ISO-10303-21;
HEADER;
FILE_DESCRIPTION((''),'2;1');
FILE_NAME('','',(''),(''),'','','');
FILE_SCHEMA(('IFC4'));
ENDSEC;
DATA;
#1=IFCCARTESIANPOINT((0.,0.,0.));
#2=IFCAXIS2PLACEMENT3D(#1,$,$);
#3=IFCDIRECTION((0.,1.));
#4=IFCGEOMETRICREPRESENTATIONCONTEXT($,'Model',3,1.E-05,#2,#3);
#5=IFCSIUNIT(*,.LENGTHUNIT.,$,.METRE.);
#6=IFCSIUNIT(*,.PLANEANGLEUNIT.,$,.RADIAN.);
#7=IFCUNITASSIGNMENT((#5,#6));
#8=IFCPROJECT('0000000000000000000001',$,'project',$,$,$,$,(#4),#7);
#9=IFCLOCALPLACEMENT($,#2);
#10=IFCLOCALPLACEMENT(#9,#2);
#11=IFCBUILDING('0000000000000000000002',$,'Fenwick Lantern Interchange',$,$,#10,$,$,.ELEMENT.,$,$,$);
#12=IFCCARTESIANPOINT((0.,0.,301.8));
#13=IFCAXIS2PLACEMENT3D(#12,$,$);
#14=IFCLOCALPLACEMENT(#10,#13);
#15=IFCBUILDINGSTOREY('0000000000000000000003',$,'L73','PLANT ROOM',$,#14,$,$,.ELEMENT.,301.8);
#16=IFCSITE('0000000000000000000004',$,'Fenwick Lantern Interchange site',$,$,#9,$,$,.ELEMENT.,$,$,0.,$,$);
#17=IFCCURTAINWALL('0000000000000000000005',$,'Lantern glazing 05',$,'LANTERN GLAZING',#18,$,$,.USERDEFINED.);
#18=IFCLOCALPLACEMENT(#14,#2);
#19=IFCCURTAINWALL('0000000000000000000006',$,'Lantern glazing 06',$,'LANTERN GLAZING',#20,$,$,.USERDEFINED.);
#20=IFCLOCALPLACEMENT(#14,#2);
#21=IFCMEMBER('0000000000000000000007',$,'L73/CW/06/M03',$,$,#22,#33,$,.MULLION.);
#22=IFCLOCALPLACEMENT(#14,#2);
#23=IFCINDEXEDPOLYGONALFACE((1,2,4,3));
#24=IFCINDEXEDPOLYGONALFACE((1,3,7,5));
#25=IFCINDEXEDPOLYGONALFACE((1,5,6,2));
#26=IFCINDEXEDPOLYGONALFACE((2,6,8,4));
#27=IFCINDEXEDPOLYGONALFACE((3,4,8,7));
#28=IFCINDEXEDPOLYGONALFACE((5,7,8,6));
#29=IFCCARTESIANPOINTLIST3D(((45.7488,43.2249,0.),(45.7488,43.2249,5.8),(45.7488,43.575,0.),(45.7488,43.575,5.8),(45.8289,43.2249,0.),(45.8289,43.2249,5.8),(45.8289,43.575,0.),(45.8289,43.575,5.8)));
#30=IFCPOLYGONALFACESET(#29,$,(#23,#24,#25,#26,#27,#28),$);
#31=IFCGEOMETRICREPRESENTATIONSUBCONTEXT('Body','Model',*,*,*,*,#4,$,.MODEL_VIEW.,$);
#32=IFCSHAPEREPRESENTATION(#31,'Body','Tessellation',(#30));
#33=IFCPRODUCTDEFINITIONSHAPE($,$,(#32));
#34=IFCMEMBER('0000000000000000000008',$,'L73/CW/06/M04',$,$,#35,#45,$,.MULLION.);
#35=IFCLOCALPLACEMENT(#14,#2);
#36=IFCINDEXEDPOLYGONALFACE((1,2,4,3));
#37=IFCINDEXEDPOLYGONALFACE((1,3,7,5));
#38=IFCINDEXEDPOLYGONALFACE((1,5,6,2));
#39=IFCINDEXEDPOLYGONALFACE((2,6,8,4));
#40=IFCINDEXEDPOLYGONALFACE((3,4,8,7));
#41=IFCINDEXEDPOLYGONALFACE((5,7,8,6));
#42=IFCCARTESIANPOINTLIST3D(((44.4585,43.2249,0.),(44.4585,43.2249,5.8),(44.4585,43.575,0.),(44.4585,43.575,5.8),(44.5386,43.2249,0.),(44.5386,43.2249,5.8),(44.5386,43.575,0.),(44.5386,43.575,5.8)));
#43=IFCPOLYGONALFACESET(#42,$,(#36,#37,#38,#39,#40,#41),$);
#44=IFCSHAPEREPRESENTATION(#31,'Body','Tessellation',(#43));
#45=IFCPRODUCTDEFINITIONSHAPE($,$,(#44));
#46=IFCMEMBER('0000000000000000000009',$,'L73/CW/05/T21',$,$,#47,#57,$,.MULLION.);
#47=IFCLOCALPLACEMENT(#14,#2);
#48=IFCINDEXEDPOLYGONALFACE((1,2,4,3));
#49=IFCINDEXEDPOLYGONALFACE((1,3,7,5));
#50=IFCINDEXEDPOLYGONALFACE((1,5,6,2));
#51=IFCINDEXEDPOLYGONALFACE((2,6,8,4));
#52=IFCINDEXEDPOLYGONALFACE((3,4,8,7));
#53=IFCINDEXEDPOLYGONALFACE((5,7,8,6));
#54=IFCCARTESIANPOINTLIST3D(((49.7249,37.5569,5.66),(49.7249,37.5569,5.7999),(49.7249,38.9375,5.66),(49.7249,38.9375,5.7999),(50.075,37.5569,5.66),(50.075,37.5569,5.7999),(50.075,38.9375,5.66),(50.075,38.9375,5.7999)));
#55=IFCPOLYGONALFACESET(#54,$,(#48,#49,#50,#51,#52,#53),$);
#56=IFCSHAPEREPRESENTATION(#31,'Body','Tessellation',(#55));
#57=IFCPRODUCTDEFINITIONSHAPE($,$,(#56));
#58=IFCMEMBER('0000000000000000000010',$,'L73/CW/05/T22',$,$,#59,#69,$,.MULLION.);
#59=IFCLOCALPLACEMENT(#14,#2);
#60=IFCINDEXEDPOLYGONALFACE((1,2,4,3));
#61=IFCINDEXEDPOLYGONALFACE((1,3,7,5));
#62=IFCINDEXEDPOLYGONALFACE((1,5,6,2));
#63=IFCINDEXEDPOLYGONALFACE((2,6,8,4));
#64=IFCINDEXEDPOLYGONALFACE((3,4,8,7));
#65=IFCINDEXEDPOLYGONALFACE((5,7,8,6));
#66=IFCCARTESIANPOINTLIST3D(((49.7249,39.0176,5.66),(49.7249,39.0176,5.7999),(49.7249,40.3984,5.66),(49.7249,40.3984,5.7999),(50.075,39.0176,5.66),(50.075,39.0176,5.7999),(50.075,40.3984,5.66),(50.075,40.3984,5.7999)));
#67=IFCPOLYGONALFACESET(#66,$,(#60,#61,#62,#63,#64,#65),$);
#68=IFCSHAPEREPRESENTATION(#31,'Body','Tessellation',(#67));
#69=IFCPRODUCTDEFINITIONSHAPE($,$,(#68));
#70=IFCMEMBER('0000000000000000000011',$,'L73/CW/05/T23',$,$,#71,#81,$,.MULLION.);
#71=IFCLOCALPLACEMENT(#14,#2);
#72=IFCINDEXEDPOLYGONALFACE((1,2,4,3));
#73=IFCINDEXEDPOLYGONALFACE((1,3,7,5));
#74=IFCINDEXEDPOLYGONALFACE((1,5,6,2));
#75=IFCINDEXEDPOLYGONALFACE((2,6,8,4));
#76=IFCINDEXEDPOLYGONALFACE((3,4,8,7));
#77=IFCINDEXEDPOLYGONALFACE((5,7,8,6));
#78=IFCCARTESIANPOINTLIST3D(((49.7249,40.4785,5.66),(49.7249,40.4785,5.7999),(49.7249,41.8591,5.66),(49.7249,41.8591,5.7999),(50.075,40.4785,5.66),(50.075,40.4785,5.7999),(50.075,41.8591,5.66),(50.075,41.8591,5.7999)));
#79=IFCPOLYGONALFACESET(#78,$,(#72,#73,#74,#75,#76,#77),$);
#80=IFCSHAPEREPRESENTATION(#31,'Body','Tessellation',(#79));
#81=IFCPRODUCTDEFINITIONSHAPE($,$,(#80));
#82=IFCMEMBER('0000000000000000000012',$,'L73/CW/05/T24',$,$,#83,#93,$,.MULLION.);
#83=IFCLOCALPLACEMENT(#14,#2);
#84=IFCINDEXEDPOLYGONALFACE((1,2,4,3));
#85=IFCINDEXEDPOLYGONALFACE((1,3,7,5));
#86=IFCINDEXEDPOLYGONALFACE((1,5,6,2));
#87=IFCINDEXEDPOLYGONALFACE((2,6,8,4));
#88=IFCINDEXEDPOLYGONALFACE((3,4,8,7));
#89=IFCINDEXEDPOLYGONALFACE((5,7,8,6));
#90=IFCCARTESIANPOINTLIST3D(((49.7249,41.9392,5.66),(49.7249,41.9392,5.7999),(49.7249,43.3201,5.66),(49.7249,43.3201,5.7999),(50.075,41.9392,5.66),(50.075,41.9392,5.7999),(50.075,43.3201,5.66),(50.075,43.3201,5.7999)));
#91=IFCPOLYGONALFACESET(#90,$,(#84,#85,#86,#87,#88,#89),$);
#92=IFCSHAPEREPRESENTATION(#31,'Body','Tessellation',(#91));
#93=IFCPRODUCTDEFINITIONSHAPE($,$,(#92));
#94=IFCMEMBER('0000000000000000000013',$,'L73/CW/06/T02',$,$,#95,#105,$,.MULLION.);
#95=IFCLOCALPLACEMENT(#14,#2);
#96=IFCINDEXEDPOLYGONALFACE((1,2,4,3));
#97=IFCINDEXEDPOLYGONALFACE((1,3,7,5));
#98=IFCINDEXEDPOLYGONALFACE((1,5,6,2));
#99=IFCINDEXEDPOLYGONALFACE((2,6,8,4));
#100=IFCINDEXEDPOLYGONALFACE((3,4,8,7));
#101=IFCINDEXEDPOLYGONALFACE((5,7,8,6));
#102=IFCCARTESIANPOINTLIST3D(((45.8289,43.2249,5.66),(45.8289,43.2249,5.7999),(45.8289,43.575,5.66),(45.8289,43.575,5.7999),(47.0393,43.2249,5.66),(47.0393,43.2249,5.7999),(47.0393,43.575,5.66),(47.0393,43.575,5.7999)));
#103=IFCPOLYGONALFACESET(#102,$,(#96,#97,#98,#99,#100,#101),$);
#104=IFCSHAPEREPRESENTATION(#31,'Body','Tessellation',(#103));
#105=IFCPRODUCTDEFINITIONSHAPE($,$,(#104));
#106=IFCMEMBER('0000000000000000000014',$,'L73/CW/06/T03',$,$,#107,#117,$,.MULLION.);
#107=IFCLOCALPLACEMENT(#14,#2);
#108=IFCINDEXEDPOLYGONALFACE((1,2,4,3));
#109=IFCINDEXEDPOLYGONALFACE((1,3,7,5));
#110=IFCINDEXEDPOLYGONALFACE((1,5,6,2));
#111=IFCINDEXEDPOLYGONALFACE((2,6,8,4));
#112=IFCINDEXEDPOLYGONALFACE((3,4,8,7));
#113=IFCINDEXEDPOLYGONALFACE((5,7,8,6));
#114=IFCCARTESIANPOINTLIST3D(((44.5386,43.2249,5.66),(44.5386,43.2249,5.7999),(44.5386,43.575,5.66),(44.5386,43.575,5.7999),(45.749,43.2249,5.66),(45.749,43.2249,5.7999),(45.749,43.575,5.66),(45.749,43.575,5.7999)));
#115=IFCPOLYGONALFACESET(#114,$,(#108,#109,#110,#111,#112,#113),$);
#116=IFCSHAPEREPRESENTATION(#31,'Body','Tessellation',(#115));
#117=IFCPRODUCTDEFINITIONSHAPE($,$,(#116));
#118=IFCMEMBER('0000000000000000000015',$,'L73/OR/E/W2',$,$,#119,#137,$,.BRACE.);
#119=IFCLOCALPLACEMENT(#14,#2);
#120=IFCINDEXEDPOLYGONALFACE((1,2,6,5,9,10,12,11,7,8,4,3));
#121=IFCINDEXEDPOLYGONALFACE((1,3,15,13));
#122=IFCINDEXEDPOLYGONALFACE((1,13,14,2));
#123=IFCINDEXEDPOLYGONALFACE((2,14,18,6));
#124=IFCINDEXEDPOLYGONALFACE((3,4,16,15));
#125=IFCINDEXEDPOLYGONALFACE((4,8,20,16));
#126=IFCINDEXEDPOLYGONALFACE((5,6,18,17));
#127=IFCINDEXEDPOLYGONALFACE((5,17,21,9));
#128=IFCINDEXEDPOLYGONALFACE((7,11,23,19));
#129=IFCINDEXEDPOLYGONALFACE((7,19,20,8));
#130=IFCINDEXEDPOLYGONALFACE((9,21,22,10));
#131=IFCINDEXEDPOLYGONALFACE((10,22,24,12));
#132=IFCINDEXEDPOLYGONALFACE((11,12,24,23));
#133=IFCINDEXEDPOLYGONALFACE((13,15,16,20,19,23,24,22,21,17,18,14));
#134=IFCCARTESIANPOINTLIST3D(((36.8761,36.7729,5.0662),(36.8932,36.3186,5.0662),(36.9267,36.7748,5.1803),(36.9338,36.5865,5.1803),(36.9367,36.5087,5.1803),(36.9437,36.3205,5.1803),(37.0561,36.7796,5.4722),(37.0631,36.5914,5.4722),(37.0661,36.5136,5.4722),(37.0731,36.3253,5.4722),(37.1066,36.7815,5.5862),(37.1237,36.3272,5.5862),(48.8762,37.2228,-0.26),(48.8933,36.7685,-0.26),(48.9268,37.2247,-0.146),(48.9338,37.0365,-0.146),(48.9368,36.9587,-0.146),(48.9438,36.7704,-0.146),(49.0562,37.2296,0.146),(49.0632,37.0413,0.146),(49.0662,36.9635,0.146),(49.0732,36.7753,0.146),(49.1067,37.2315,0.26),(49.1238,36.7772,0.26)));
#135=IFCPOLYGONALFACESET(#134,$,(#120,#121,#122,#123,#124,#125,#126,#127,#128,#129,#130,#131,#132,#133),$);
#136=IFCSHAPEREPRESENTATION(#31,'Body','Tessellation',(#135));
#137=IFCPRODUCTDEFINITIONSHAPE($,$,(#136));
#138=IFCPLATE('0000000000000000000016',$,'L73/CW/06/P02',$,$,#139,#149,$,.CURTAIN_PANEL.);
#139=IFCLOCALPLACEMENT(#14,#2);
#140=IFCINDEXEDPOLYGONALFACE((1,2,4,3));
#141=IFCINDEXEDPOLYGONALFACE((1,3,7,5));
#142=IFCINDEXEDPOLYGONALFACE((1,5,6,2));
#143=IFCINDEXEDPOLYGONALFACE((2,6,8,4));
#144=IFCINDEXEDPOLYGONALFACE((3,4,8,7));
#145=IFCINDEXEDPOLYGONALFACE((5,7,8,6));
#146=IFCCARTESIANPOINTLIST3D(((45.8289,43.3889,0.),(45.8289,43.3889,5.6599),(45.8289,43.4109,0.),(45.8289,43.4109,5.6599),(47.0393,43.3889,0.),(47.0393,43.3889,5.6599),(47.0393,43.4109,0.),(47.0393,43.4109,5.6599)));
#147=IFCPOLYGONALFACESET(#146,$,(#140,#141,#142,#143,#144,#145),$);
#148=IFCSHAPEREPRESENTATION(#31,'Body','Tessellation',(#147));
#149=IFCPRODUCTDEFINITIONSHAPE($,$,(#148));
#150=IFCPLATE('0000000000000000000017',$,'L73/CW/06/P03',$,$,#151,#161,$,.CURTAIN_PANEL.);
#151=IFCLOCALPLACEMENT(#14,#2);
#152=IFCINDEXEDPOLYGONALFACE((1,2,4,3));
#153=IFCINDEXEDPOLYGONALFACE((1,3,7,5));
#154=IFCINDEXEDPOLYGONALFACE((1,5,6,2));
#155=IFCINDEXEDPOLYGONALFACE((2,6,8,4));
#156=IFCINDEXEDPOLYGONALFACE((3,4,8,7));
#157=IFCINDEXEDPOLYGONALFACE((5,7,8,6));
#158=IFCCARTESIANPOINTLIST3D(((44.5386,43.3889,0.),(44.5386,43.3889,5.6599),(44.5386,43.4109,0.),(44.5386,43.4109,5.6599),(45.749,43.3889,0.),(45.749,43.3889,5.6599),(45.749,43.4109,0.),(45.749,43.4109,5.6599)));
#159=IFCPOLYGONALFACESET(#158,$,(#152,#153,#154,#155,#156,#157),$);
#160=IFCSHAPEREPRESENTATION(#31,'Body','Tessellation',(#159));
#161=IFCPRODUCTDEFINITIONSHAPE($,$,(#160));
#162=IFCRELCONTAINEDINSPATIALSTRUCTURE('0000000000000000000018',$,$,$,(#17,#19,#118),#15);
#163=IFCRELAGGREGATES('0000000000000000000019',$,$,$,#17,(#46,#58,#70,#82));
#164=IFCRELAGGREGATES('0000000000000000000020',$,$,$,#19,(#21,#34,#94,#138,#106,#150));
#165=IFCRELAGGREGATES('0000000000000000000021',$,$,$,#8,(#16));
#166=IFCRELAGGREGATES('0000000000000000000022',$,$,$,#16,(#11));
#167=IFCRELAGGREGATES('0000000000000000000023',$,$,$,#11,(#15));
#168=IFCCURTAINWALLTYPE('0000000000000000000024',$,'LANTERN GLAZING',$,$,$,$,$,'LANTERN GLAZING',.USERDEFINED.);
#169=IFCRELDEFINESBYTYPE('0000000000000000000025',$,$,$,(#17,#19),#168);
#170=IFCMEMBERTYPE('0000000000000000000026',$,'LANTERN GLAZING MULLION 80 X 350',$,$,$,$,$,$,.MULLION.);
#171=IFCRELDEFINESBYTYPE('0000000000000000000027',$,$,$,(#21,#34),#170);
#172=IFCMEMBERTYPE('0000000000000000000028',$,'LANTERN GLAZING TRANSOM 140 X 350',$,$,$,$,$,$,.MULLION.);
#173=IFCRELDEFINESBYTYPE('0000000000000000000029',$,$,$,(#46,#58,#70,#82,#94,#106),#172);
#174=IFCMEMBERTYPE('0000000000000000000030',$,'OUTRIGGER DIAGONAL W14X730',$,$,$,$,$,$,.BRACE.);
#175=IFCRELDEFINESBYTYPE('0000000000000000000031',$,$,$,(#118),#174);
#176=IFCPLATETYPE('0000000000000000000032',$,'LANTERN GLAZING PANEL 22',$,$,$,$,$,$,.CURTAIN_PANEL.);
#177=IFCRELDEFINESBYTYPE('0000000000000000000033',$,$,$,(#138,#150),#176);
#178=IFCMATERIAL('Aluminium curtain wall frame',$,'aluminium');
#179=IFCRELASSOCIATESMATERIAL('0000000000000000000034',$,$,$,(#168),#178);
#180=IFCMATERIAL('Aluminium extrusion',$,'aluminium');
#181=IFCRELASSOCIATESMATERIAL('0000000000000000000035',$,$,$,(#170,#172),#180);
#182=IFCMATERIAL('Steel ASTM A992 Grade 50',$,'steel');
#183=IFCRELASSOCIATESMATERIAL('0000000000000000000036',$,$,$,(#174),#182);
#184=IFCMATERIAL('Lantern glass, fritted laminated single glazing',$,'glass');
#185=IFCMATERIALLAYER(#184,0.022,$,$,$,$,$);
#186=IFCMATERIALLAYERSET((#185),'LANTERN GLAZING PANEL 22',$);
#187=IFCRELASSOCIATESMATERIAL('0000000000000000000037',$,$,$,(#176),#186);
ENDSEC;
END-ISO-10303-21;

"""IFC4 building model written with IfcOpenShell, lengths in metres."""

from ifc_helpers import new_model, si_unit, direction, frame, origin, origin_2d, place, context, subcontext, project, spatial, rectangle, i_section, extrude, material, layer, layer_set, material_profile, profile_set, type_object, element, aggregate, save


model = new_model("IFC4")

# Units and contexts
model_context = context("Model", 3, precision=1e-05, world=origin(), true_north=direction((0.0, 1.0)))
body_context = subcontext(model_context, "Body", "Model", "MODEL_VIEW")
ifc_project = project(units=[si_unit("LENGTHUNIT", "METRE"), si_unit("PLANEANGLEUNIT", "RADIAN")], contexts=[model_context])

# Site, building, storey
site_placement = place(None, origin())
site = spatial("IfcSite", under=ifc_project, at=site_placement, Name="Fenwick Lantern Interchange site", CompositionType="ELEMENT", RefElevation=0.0)
building_placement = place(site_placement, origin())
building = spatial("IfcBuilding", under=site, at=building_placement, Name="Fenwick Lantern Interchange", CompositionType="ELEMENT")
storey_placement = place(building_placement, frame((0.0, 0.0, 301.8)))
storey = spatial("IfcBuildingStorey", under=building, at=storey_placement, Name="L73", Description="PLANT ROOM", CompositionType="ELEMENT", Elevation=301.8)

# Shared definitions
ifc_material_1 = material(Name="Steel ASTM A992 Grade 50", Category="steel")

# Curtain walls, members
ifc_material_2 = material(Name="Aluminium curtain wall frame", Category="aluminium")
curtain_wall_type = type_object("IfcCurtainWallType", Name="LANTERN GLAZING", ElementType="LANTERN GLAZING", PredefinedType="USERDEFINED", material=ifc_material_2)
curtain_wall_1_placement = place(storey_placement, origin())
curtain_wall_1 = element("IfcCurtainWall", 1, at=curtain_wall_1_placement, inside=storey, type_object=curtain_wall_type, Name="Lantern glazing 05", ObjectType="LANTERN GLAZING", PredefinedType="USERDEFINED")
ifc_material_3 = material(Name="Aluminium extrusion", Category="aluminium")
ifc_material_profile_1 = material_profile(ifc_material_3, rectangle(XDim=0.3501, YDim=0.0801, at=origin_2d()), Name="LANTERN GLAZING MULLION 80 X 350")
ifc_profile_set_1 = profile_set([ifc_material_profile_1], Name="Aluminium extrusion")
member_type_1 = type_object("IfcMemberType", Name="LANTERN GLAZING MULLION 80 X 350", PredefinedType="MULLION", material=ifc_profile_set_1)
curtain_wall_2_placement = place(storey_placement, origin())
curtain_wall_2 = element("IfcCurtainWall", 2, at=curtain_wall_2_placement, inside=storey, type_object=curtain_wall_type, Name="Lantern glazing 06", ObjectType="LANTERN GLAZING", PredefinedType="USERDEFINED")
member_1_placement = place(storey_placement, frame((45.7888, 43.3999, 0.0), z_axis=(0.0, 0.0, 1.0), x_axis=(0.0, -1.0, 0.0)))
member_1 = element("IfcMember", 3, at=member_1_placement, type_object=member_type_1, Name="L73/CW/06/M03", PredefinedType="MULLION", context=body_context, shape_type="SweptSolid", body=[
    extrude(rectangle(XDim=0.3501, YDim=0.0801, at=origin_2d()), origin(), (0.0, 0.0, 1.0), 5.8),
])
member_2_placement = place(storey_placement, frame((44.4985, 43.3999, 0.0), z_axis=(0.0, 0.0, 1.0), x_axis=(0.0, -1.0, 0.0)))
member_2 = element("IfcMember", 4, at=member_2_placement, type_object=member_type_1, Name="L73/CW/06/M04", PredefinedType="MULLION", context=body_context, shape_type="SweptSolid", body=[
    extrude(rectangle(XDim=0.3501, YDim=0.0801, at=origin_2d()), origin(), (0.0, 0.0, 1.0), 5.8),
])

# Members
ifc_material_profile_2 = material_profile(ifc_material_3, rectangle(XDim=0.3501, YDim=0.1399, at=origin_2d()), Name="LANTERN GLAZING TRANSOM 140 X 350")
ifc_profile_set_2 = profile_set([ifc_material_profile_2], Name="Aluminium extrusion")
member_type_2 = type_object("IfcMemberType", Name="LANTERN GLAZING TRANSOM 140 X 350", PredefinedType="MULLION", material=ifc_profile_set_2)
member_3_placement = place(storey_placement, frame((49.8999, 37.5569, 5.73), z_axis=(0.0, 1.0, 0.0), x_axis=(-1.0, 0.0, 0.0)))
member_3 = element("IfcMember", 5, at=member_3_placement, type_object=member_type_2, Name="L73/CW/05/T21", PredefinedType="MULLION", context=body_context, shape_type="SweptSolid", body=[
    extrude(rectangle(XDim=0.3501, YDim=0.1399, at=origin_2d()), origin(), (0.0, 0.0, 1.0), 1.3806),
])
member_4_placement = place(storey_placement, frame((49.8999, 39.0176, 5.73), z_axis=(0.0, 1.0, 0.0), x_axis=(-1.0, 0.0, 0.0)))
member_4 = element("IfcMember", 6, at=member_4_placement, type_object=member_type_2, Name="L73/CW/05/T22", PredefinedType="MULLION", context=body_context, shape_type="SweptSolid", body=[
    extrude(rectangle(XDim=0.3501, YDim=0.1399, at=origin_2d()), origin(), (0.0, 0.0, 1.0), 1.3809),
])
member_5_placement = place(storey_placement, frame((49.8999, 40.4785, 5.73), z_axis=(0.0, 1.0, 0.0), x_axis=(-1.0, 0.0, 0.0)))
member_5 = element("IfcMember", 7, at=member_5_placement, type_object=member_type_2, Name="L73/CW/05/T23", PredefinedType="MULLION", context=body_context, shape_type="SweptSolid", body=[
    extrude(rectangle(XDim=0.3501, YDim=0.1399, at=origin_2d()), origin(), (0.0, 0.0, 1.0), 1.3806),
])
member_6_placement = place(storey_placement, frame((49.8999, 41.9392, 5.73), z_axis=(0.0, 1.0, 0.0), x_axis=(-1.0, 0.0, 0.0)))
member_6 = element("IfcMember", 8, at=member_6_placement, type_object=member_type_2, Name="L73/CW/05/T24", PredefinedType="MULLION", context=body_context, shape_type="SweptSolid", body=[
    extrude(rectangle(XDim=0.3501, YDim=0.1399, at=origin_2d()), origin(), (0.0, 0.0, 1.0), 1.3809),
])
aggregate(curtain_wall_1, [member_3, member_4, member_5, member_6])
member_7_placement = place(storey_placement, frame((47.0393, 43.3999, 5.73), z_axis=(-1.0, 0.0, 0.0), x_axis=(0.0, -1.0, 0.0)))
member_7 = element("IfcMember", 9, at=member_7_placement, type_object=member_type_2, Name="L73/CW/06/T02", PredefinedType="MULLION", context=body_context, shape_type="SweptSolid", body=[
    extrude(rectangle(XDim=0.3501, YDim=0.1399, at=origin_2d()), origin(), (0.0, 0.0, 1.0), 1.2104),
])
member_8_placement = place(storey_placement, frame((45.749, 43.3999, 5.73), z_axis=(-1.0, 0.0, 0.0), x_axis=(0.0, -1.0, 0.0)))
member_8 = element("IfcMember", 10, at=member_8_placement, type_object=member_type_2, Name="L73/CW/06/T03", PredefinedType="MULLION", context=body_context, shape_type="SweptSolid", body=[
    extrude(rectangle(XDim=0.3501, YDim=0.1399, at=origin_2d()), origin(), (0.0, 0.0, 1.0), 1.2104),
])
ifc_material_profile_3 = material_profile(ifc_material_1, i_section(OverallWidth=0.4546, OverallDepth=0.5688, WebThickness=0.0779, FlangeThickness=0.1248, at=origin_2d()), Name="W14X730")
ifc_profile_set_3 = profile_set([ifc_material_profile_3], Name="Steel ASTM A992 Grade 50")
member_type_3 = type_object("IfcMemberType", Name="OUTRIGGER DIAGONAL W14X730", PredefinedType="BRACE", material=ifc_profile_set_3)
member_9_placement = place(storey_placement, frame((49.0, 37.0, 0.0), z_axis=(-0.913478, -0.034252, 0.405445), x_axis=(0.03747, -0.999298, 0.0)))
element("IfcMember", 11, at=member_9_placement, inside=storey, type_object=member_type_3, Name="L73/OR/E/W2", PredefinedType="BRACE", context=body_context, shape_type="SweptSolid", body=[
    extrude(i_section(OverallWidth=0.4546, OverallDepth=0.5688, WebThickness=0.0779, FlangeThickness=0.1248, at=origin_2d()), origin(), (0.0, 0.0, 1.0), 13.1367),
])

# Plates
ifc_material_4 = material(Name="Lantern glass, fritted laminated single glazing", Category="glass")
ifc_layer_1 = layer(ifc_material_4, 0.022)
ifc_layer_set_1 = layer_set([ifc_layer_1], Name="LANTERN GLAZING PANEL 22")
plate_type = type_object("IfcPlateType", Name="LANTERN GLAZING PANEL 22", PredefinedType="CURTAIN_PANEL", material=ifc_layer_set_1)
plate_1_placement = place(storey_placement, frame((46.4341, 43.3999, 0.0), z_axis=(0.0, 0.0, 1.0), x_axis=(-1.0, 0.0, 0.0)))
plate_1 = element("IfcPlate", 12, at=plate_1_placement, type_object=plate_type, Name="L73/CW/06/P02", PredefinedType="CURTAIN_PANEL", context=body_context, shape_type="SweptSolid", body=[
    extrude(rectangle(XDim=1.2104, YDim=0.022, at=origin_2d()), origin(), (0.0, 0.0, 1.0), 5.6599),
])
plate_2_placement = place(storey_placement, frame((45.1438, 43.3999, 0.0), z_axis=(0.0, 0.0, 1.0), x_axis=(-1.0, 0.0, 0.0)))
plate_2 = element("IfcPlate", 13, at=plate_2_placement, type_object=plate_type, Name="L73/CW/06/P03", PredefinedType="CURTAIN_PANEL", context=body_context, shape_type="SweptSolid", body=[
    extrude(rectangle(XDim=1.2104, YDim=0.022, at=origin_2d()), origin(), (0.0, 0.0, 1.0), 5.6599),
])
aggregate(curtain_wall_2, [member_1, member_2, member_7, plate_1, member_8, plate_2])

save(model, "model.ifc")
